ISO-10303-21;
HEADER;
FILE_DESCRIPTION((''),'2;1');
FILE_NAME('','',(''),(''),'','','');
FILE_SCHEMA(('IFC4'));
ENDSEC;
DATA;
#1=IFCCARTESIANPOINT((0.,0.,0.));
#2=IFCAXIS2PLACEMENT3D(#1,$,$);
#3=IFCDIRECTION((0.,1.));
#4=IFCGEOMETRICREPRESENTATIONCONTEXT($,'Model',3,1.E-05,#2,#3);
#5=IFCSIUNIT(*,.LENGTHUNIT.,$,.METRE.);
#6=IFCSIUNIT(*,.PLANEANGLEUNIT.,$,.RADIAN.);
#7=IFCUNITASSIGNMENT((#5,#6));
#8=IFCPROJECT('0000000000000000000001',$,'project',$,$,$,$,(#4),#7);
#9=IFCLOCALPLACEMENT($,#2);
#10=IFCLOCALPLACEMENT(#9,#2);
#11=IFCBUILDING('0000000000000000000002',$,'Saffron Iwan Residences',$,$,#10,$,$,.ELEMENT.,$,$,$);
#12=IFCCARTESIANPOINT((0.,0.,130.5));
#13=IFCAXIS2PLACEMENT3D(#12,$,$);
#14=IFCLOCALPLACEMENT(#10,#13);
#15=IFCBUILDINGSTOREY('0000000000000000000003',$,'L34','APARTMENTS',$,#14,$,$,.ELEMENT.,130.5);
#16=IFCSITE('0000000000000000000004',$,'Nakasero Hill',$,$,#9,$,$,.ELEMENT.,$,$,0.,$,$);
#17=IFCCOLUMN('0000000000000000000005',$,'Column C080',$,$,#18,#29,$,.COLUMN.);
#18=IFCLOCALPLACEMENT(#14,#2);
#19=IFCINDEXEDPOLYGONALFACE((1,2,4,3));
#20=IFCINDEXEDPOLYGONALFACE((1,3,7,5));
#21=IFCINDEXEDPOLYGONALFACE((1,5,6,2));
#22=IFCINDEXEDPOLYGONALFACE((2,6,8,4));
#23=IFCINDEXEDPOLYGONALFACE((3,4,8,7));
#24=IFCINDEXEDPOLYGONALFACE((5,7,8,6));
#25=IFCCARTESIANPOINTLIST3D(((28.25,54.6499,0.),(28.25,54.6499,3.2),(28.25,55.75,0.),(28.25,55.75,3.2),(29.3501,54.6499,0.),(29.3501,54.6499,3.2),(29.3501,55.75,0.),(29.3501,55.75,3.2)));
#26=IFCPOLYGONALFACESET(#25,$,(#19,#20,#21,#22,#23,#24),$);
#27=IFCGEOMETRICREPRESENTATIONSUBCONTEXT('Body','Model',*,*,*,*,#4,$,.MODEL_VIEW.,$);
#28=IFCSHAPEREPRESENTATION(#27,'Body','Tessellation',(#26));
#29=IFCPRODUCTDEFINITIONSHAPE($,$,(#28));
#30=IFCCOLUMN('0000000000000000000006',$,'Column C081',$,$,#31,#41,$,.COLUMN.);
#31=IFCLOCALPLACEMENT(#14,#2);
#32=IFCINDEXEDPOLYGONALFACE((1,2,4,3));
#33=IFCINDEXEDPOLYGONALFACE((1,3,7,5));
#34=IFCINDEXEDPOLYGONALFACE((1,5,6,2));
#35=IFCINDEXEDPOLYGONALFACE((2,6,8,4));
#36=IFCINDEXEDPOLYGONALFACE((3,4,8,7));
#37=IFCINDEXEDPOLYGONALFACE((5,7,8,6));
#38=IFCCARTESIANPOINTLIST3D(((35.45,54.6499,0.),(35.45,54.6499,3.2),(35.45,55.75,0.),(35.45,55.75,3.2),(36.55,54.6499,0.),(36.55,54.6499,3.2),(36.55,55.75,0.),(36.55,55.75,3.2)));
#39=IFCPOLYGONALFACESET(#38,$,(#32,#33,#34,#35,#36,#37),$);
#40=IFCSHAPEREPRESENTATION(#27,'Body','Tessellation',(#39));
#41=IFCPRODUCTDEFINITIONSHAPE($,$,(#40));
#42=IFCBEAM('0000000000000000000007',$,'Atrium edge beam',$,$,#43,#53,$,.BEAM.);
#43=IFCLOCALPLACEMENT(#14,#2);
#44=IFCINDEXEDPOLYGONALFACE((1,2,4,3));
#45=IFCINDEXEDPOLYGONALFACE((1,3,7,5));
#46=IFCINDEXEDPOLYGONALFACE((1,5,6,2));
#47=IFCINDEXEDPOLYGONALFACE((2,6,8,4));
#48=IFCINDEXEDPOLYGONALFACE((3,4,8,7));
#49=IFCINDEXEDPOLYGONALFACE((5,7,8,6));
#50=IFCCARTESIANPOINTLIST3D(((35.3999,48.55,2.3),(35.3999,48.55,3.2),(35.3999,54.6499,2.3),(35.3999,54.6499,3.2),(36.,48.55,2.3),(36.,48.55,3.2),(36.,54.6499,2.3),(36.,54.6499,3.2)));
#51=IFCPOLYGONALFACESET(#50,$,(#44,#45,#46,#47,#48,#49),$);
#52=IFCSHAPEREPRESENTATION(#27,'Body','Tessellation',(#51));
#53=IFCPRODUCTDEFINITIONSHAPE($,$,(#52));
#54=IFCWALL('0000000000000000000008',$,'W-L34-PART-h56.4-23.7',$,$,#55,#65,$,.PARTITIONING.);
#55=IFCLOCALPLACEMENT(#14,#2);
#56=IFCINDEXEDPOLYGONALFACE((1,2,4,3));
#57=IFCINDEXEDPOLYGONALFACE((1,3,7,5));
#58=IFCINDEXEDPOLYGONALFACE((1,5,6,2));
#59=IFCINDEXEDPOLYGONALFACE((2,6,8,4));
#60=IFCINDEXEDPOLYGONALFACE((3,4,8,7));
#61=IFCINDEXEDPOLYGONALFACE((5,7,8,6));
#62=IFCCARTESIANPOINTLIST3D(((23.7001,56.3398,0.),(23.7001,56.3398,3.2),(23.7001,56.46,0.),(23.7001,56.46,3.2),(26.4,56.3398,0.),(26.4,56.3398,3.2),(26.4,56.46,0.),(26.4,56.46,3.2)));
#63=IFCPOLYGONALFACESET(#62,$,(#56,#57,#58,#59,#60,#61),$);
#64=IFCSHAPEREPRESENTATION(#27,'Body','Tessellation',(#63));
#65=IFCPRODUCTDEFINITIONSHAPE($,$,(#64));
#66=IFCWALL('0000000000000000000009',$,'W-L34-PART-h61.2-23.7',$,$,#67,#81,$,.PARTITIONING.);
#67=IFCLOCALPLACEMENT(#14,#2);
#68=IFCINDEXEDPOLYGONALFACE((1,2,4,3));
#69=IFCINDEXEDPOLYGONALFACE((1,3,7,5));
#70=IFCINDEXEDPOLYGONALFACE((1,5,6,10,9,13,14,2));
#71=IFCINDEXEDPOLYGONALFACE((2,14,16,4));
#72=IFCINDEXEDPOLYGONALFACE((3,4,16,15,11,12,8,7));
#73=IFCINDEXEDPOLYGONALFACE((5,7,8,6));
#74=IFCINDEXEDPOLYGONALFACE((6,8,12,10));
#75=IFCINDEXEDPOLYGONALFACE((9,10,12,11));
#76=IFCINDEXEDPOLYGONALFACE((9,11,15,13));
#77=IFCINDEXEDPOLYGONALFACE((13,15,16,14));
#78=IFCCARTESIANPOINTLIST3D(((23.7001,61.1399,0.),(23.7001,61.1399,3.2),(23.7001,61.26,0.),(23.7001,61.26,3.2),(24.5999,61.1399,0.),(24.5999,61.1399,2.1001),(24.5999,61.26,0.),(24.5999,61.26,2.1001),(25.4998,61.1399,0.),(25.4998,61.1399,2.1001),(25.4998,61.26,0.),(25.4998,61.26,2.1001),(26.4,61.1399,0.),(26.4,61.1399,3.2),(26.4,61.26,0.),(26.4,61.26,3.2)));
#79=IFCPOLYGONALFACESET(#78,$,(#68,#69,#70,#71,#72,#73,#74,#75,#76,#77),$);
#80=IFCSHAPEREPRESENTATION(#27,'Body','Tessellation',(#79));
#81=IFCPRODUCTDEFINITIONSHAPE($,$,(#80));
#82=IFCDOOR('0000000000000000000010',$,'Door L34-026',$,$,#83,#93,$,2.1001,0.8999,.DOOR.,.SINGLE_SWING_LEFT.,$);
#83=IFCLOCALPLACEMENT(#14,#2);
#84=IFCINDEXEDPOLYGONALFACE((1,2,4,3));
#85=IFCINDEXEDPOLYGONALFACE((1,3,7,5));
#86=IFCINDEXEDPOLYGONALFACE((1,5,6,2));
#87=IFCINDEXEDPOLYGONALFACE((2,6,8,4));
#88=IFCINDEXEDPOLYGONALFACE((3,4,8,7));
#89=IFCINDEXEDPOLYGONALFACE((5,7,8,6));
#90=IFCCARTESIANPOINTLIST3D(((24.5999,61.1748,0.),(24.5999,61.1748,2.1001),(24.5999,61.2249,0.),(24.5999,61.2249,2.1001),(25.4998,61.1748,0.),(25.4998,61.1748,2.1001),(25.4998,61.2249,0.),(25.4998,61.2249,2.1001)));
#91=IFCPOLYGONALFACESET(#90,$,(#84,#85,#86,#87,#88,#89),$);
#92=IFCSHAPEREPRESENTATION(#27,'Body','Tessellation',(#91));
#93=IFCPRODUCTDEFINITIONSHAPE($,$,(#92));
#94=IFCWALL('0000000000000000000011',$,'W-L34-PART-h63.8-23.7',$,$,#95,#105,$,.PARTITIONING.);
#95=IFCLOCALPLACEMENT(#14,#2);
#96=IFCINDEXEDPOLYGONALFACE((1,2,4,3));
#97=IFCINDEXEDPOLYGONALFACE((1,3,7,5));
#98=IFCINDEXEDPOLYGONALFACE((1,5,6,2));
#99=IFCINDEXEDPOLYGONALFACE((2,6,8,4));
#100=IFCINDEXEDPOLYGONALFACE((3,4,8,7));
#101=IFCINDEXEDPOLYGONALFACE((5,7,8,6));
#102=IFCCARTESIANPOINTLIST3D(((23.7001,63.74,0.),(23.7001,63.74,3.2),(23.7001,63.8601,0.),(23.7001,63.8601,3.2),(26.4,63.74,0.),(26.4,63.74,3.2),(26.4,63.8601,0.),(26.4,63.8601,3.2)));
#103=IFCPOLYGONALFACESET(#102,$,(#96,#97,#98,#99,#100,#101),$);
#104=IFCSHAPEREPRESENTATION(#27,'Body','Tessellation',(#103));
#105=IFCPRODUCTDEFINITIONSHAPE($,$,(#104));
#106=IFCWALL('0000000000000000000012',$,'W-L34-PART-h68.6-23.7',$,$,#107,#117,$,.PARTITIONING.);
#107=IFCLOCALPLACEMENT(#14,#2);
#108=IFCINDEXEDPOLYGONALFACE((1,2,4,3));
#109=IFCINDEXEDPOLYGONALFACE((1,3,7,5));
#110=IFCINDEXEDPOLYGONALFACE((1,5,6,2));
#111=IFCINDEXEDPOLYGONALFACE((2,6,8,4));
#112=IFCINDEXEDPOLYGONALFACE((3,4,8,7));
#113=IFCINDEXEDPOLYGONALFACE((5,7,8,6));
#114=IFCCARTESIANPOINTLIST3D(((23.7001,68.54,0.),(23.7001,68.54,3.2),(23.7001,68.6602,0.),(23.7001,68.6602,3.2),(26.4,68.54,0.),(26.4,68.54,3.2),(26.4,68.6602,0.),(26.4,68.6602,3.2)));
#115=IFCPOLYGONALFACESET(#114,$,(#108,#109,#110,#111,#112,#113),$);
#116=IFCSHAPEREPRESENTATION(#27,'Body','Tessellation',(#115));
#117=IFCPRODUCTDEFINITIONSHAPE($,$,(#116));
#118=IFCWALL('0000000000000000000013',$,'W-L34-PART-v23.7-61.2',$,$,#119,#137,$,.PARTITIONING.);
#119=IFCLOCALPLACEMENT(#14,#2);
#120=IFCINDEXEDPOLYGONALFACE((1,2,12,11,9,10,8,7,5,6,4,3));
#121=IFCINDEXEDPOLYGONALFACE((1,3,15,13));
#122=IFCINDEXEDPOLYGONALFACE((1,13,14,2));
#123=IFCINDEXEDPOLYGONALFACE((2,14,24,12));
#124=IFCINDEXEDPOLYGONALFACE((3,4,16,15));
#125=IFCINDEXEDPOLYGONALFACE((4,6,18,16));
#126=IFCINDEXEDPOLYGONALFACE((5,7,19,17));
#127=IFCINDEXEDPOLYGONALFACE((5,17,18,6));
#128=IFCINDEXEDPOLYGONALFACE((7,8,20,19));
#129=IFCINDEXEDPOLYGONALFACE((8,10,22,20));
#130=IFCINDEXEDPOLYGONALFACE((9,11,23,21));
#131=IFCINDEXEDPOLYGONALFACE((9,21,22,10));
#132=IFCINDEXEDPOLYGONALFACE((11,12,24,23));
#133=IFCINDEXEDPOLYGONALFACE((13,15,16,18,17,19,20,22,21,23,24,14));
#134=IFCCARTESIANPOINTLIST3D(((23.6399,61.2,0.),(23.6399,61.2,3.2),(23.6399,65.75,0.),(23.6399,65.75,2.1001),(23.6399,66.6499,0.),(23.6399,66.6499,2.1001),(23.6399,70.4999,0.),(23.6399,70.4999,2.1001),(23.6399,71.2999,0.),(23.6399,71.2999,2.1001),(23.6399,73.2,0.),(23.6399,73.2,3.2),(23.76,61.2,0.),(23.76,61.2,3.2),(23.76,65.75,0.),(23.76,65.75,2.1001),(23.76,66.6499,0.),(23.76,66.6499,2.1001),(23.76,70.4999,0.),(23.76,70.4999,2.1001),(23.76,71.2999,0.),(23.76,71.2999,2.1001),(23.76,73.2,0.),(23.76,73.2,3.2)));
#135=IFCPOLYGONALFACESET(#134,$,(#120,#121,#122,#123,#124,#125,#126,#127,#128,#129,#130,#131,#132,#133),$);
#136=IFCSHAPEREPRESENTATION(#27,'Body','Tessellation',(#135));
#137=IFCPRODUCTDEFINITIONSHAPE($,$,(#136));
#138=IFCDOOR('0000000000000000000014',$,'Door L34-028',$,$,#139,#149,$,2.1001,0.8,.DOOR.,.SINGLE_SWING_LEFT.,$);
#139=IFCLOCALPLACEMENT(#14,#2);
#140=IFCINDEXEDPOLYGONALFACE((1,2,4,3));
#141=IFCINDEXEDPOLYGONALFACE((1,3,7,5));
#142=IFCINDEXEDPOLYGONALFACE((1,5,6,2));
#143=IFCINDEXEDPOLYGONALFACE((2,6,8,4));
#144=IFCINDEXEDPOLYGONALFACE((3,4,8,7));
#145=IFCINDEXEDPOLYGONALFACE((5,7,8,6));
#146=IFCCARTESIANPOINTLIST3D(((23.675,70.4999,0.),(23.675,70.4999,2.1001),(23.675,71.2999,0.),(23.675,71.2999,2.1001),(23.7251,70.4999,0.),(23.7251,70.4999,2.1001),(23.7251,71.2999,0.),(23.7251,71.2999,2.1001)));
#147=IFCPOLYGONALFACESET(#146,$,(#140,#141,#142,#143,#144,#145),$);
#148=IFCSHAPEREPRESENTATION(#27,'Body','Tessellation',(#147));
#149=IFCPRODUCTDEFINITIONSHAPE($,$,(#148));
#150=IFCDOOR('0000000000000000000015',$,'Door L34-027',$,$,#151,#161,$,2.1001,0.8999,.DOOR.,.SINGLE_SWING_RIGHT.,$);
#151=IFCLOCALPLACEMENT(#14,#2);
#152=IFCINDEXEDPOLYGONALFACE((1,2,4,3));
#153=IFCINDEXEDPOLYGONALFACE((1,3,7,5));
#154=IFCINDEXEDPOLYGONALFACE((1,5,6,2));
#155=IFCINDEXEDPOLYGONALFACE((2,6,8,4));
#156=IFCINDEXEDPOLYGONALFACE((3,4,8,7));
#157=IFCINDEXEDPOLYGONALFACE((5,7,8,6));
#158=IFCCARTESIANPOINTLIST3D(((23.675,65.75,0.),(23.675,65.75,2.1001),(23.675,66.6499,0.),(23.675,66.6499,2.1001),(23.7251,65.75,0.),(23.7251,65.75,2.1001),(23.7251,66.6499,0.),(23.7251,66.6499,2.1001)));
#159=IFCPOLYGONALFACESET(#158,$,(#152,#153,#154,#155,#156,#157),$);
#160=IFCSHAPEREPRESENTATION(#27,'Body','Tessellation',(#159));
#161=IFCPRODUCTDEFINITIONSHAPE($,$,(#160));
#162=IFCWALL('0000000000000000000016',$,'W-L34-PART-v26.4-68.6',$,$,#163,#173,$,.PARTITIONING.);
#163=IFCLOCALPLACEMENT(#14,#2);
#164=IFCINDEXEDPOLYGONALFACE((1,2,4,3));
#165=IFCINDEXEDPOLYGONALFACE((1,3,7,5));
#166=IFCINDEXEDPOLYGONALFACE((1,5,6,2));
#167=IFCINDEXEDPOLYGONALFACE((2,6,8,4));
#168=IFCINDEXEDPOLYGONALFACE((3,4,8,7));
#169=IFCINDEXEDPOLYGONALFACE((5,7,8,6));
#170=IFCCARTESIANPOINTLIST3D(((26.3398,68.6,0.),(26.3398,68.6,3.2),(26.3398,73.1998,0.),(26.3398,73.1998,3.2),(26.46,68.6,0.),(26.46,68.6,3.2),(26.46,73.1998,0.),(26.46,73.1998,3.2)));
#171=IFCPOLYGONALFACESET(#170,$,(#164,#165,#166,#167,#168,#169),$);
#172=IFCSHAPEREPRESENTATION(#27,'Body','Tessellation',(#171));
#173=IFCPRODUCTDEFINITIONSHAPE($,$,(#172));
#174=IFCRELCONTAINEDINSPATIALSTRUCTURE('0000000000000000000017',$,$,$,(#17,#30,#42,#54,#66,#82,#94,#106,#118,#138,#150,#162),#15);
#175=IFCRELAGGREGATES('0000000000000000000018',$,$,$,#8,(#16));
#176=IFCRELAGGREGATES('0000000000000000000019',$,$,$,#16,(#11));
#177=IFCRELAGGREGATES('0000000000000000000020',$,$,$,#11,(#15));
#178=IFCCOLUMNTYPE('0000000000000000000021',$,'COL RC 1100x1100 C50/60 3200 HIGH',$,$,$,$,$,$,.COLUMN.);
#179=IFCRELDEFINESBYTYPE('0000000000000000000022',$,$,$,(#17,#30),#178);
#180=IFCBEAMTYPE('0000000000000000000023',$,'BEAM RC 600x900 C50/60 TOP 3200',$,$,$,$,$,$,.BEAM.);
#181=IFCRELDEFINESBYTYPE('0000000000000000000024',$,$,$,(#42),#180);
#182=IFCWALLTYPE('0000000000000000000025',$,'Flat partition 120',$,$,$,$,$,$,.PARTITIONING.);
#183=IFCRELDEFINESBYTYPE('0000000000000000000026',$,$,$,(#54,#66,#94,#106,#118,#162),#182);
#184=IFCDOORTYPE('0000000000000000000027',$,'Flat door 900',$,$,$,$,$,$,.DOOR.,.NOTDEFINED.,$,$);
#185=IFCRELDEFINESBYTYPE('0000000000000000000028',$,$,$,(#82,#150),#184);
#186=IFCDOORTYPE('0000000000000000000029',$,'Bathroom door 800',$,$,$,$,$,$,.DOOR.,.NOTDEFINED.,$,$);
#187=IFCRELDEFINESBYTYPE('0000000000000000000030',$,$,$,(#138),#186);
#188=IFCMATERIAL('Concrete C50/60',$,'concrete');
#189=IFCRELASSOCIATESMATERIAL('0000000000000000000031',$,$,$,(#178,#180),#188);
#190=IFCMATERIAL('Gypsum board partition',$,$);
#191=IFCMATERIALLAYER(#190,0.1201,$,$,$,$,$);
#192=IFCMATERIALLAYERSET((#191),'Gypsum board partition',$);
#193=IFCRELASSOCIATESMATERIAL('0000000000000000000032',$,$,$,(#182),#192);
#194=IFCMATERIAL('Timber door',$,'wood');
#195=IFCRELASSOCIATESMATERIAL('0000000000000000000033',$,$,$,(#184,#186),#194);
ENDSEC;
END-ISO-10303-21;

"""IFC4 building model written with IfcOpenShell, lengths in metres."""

from ifc_helpers import new_model, si_unit, direction, frame, frame_2d, origin, origin_2d, place, context, subcontext, project, spatial, rectangle, extrude, source, transform, mapped, material, layer, layer_set, material_profile, profile_set, type_object, element, fill, save


model = new_model("IFC4")

# Units and contexts
model_context = context("Model", 3, precision=1e-05, world=origin(), true_north=direction((0.0, 1.0)))
body_context = subcontext(model_context, "Body", "Model", "MODEL_VIEW")
ifc_project = project(units=[si_unit("LENGTHUNIT", "METRE"), si_unit("PLANEANGLEUNIT", "RADIAN")], contexts=[model_context])

# Site, building, storey
site_placement = place(None, origin())
site = spatial("IfcSite", under=ifc_project, at=site_placement, Name="Nakasero Hill", CompositionType="ELEMENT", RefElevation=0.0)
building_placement = place(site_placement, origin())
building = spatial("IfcBuilding", under=site, at=building_placement, Name="Saffron Iwan Residences", CompositionType="ELEMENT")
storey_placement = place(building_placement, frame((0.0, 0.0, 130.5)))
storey = spatial("IfcBuildingStorey", under=building, at=storey_placement, Name="L34", Description="APARTMENTS", CompositionType="ELEMENT", Elevation=130.5)

# Columns
ifc_material_1 = material(Name="Concrete C50/60", Category="concrete")
ifc_material_profile_1 = material_profile(ifc_material_1, rectangle(XDim=1.1001, YDim=1.1001, at=origin_2d()), Name="RC 1100x1100")
ifc_profile_set_1 = profile_set([ifc_material_profile_1], Name="Concrete C50/60")
column_type = type_object("IfcColumnType", Name="COL RC 1100x1100 C50/60 3200 HIGH", PredefinedType="COLUMN", material=ifc_profile_set_1)
shared_shape_1 = source(origin(), body_context, "Body", "SweptSolid", [
    extrude(rectangle(XDim=1.1001, YDim=1.1001, at=origin_2d()), origin(), (0.0, 0.0, 1.0), 3.2),
])
for number, where, z_axis, x_axis, name in (
    (1, (28.8, 55.2, 0.0), (0.0, 0.0, 1.0), (1.0, 0.0, 0.0), "Column C080"),
    (2, (36.0, 55.2, 0.0), (0.0, 0.0, 1.0), (1.0, 0.0, 0.0), "Column C081"),
):
    element("IfcColumn", number, at=place(storey_placement, frame(where, z_axis=z_axis, x_axis=x_axis)), inside=storey, type_object=column_type, Name=name, PredefinedType="COLUMN", context=body_context, shape_type="MappedRepresentation", body=[
        mapped(shared_shape_1, transform((0.0, 0.0, 0.0))),
    ])

# Beam
ifc_material_profile_2 = material_profile(ifc_material_1, rectangle(XDim=0.6001, YDim=0.8999, at=origin_2d()), Name="RC 600x900")
ifc_profile_set_2 = profile_set([ifc_material_profile_2], Name="Concrete C50/60")
beam_type = type_object("IfcBeamType", Name="BEAM RC 600x900 C50/60 TOP 3200", PredefinedType="BEAM", material=ifc_profile_set_2)
shared_shape_2 = source(origin(), body_context, "Body", "SweptSolid", [
    extrude(rectangle(XDim=0.6001, YDim=0.8999, at=origin_2d()), origin(), (0.0, 0.0, 1.0), 6.0999),
])
beam_placement = place(storey_placement, frame((35.7, 48.55, 2.75), z_axis=(0.0, 1.0, 0.0), x_axis=(-1.0, 0.0, 0.0)))
element("IfcBeam", 3, at=beam_placement, inside=storey, type_object=beam_type, Name="Atrium edge beam", PredefinedType="BEAM", context=body_context, shape_type="MappedRepresentation", body=[
    mapped(shared_shape_2, transform((0.0, 0.0, 0.0))),
])

# Wall
ifc_material_2 = material(Name="Gypsum board partition")
ifc_layer_1 = layer(ifc_material_2, 0.1201)
ifc_layer_set_1 = layer_set([ifc_layer_1], Name="Gypsum board partition")
wall_type_1 = type_object("IfcWallType", Name="Flat partition 120", PredefinedType="PARTITIONING", material=ifc_layer_set_1)
wall_1_placement = place(storey_placement, frame((23.7, 56.3999, 0.0), z_axis=(0.0, 0.0, 1.0), x_axis=(1.0, 0.0, 0.0)))
element("IfcWall", 4, at=wall_1_placement, inside=storey, type_object=wall_type_1, Name="W-L34-PART-h56.4-23.7", PredefinedType="PARTITIONING", context=body_context, shape_type="SweptSolid", body=[
    extrude(rectangle(XDim=2.7, YDim=0.1201, at=frame_2d((1.3501, 0.0))), origin(), (0.0, 0.0, 1.0), 3.2),
])

# Wall, opening, door
wall_2_placement = place(storey_placement, frame((23.7, 61.2, 0.0), z_axis=(0.0, 0.0, 1.0), x_axis=(1.0, 0.0, 0.0)))
wall_2 = element("IfcWall", 5, at=wall_2_placement, inside=storey, type_object=wall_type_1, Name="W-L34-PART-h61.2-23.7", PredefinedType="PARTITIONING", context=body_context, shape_type="SweptSolid", body=[
    extrude(rectangle(XDim=2.7, YDim=0.1201, at=frame_2d((1.3501, 0.0))), origin(), (0.0, 0.0, 1.0), 3.2),
])
opening_1_placement = place(wall_2_placement, frame((0.8999, 0.0, 0.0)))
opening_1 = element("IfcOpeningElement", 6, at=opening_1_placement, cuts=wall_2, PredefinedType="OPENING", context=body_context, shape_type="SweptSolid", body=[
    extrude(rectangle(XDim=0.8999, YDim=2.1001, at=frame_2d((0.45, 1.05))), frame((0.0, 0.0701, 0.0), z_axis=(0.0, -1.0, 0.0), x_axis=(1.0, 0.0, 0.0)), (0.0, 0.0, 1.0), 0.1401),
])
ifc_material_3 = material(Name="Timber door", Category="wood")
door_type_1 = type_object("IfcDoorType", Name="Flat door 900", OperationType="NOTDEFINED", PredefinedType="DOOR", material=ifc_material_3)
door_1_placement = place(opening_1_placement, origin())
door_1 = element("IfcDoor", 7, at=door_1_placement, inside=storey, type_object=door_type_1, Name="Door L34-026", OperationType="SINGLE_SWING_LEFT", OverallHeight=2.1001, OverallWidth=0.8999, PredefinedType="DOOR", context=body_context, shape_type="SweptSolid", body=[
    extrude(rectangle(XDim=0.8999, YDim=2.1001, at=frame_2d((0.45, 1.05))), frame((0.0, 0.0249, 0.0), z_axis=(0.0, -1.0, 0.0), x_axis=(1.0, 0.0, 0.0)), (0.0, 0.0, 1.0), 0.05),
])
fill(opening_1, door_1)

# Walls
for number, where, z_axis, x_axis, name in (
    (8, (23.7, 63.8, 0.0), (0.0, 0.0, 1.0), (1.0, 0.0, 0.0), "W-L34-PART-h63.8-23.7"),
    (9, (23.7, 68.6001, 0.0), (0.0, 0.0, 1.0), (1.0, 0.0, 0.0), "W-L34-PART-h68.6-23.7"),
):
    element("IfcWall", number, at=place(storey_placement, frame(where, z_axis=z_axis, x_axis=x_axis)), inside=storey, type_object=wall_type_1, Name=name, PredefinedType="PARTITIONING", context=body_context, shape_type="SweptSolid", body=[
        extrude(rectangle(XDim=2.7, YDim=0.1201, at=frame_2d((1.3501, 0.0))), origin(), (0.0, 0.0, 1.0), 3.2),
    ])

# Wall, openings, doors
wall_3_placement = place(storey_placement, frame((23.7, 61.2, 0.0), z_axis=(0.0, 0.0, 1.0), x_axis=(0.0, 1.0, 0.0)))
wall_3 = element("IfcWall", 10, at=wall_3_placement, inside=storey, type_object=wall_type_1, Name="W-L34-PART-v23.7-61.2", PredefinedType="PARTITIONING", context=body_context, shape_type="SweptSolid", body=[
    extrude(rectangle(XDim=12.0, YDim=0.1201, at=frame_2d((6.0, 0.0))), origin(), (0.0, 0.0, 1.0), 3.2),
])
opening_2_placement = place(wall_3_placement, frame((4.55, 0.0, 0.0)))
opening_2 = element("IfcOpeningElement", 11, at=opening_2_placement, cuts=wall_3, PredefinedType="OPENING", context=body_context, shape_type="SweptSolid", body=[
    extrude(rectangle(XDim=0.8999, YDim=2.1001, at=frame_2d((0.45, 1.05))), frame((0.0, 0.0701, 0.0), z_axis=(0.0, -1.0, 0.0), x_axis=(1.0, 0.0, 0.0)), (0.0, 0.0, 1.0), 0.1401),
])
opening_3_placement = place(wall_3_placement, frame((9.3, 0.0, 0.0)))
opening_3 = element("IfcOpeningElement", 12, at=opening_3_placement, cuts=wall_3, PredefinedType="OPENING", context=body_context, shape_type="SweptSolid", body=[
    extrude(rectangle(XDim=0.8, YDim=2.1001, at=frame_2d((0.3999, 1.05))), frame((0.0, 0.0701, 0.0), z_axis=(0.0, -1.0, 0.0), x_axis=(1.0, 0.0, 0.0)), (0.0, 0.0, 1.0), 0.1401),
])
door_type_2 = type_object("IfcDoorType", Name="Bathroom door 800", OperationType="NOTDEFINED", PredefinedType="DOOR", material=ifc_material_3)
door_2_placement = place(opening_3_placement, origin())
door_2 = element("IfcDoor", 13, at=door_2_placement, inside=storey, type_object=door_type_2, Name="Door L34-028", OperationType="SINGLE_SWING_LEFT", OverallHeight=2.1001, OverallWidth=0.8, PredefinedType="DOOR", context=body_context, shape_type="SweptSolid", body=[
    extrude(rectangle(XDim=0.8, YDim=2.1001, at=frame_2d((0.3999, 1.05))), frame((0.0, 0.0249, 0.0), z_axis=(0.0, -1.0, 0.0), x_axis=(1.0, 0.0, 0.0)), (0.0, 0.0, 1.0), 0.05),
])
fill(opening_3, door_2)
door_3_placement = place(opening_2_placement, origin())
door_3 = element("IfcDoor", 14, at=door_3_placement, inside=storey, type_object=door_type_1, Name="Door L34-027", OperationType="SINGLE_SWING_RIGHT", OverallHeight=2.1001, OverallWidth=0.8999, PredefinedType="DOOR", context=body_context, shape_type="SweptSolid", body=[
    extrude(rectangle(XDim=0.8999, YDim=2.1001, at=frame_2d((0.45, 1.05))), frame((0.0, 0.0249, 0.0), z_axis=(0.0, -1.0, 0.0), x_axis=(1.0, 0.0, 0.0)), (0.0, 0.0, 1.0), 0.05),
])
fill(opening_2, door_3)

# Wall
wall_4_placement = place(storey_placement, frame((26.3999, 68.6001, 0.0), z_axis=(0.0, 0.0, 1.0), x_axis=(0.0, 1.0, 0.0)))
element("IfcWall", 15, at=wall_4_placement, inside=storey, type_object=wall_type_1, Name="W-L34-PART-v26.4-68.6", PredefinedType="PARTITIONING", context=body_context, shape_type="SweptSolid", body=[
    extrude(rectangle(XDim=4.5999, YDim=0.1201, at=frame_2d((2.2998, 0.0))), origin(), (0.0, 0.0, 1.0), 3.2),
])

save(model, "model.ifc")
